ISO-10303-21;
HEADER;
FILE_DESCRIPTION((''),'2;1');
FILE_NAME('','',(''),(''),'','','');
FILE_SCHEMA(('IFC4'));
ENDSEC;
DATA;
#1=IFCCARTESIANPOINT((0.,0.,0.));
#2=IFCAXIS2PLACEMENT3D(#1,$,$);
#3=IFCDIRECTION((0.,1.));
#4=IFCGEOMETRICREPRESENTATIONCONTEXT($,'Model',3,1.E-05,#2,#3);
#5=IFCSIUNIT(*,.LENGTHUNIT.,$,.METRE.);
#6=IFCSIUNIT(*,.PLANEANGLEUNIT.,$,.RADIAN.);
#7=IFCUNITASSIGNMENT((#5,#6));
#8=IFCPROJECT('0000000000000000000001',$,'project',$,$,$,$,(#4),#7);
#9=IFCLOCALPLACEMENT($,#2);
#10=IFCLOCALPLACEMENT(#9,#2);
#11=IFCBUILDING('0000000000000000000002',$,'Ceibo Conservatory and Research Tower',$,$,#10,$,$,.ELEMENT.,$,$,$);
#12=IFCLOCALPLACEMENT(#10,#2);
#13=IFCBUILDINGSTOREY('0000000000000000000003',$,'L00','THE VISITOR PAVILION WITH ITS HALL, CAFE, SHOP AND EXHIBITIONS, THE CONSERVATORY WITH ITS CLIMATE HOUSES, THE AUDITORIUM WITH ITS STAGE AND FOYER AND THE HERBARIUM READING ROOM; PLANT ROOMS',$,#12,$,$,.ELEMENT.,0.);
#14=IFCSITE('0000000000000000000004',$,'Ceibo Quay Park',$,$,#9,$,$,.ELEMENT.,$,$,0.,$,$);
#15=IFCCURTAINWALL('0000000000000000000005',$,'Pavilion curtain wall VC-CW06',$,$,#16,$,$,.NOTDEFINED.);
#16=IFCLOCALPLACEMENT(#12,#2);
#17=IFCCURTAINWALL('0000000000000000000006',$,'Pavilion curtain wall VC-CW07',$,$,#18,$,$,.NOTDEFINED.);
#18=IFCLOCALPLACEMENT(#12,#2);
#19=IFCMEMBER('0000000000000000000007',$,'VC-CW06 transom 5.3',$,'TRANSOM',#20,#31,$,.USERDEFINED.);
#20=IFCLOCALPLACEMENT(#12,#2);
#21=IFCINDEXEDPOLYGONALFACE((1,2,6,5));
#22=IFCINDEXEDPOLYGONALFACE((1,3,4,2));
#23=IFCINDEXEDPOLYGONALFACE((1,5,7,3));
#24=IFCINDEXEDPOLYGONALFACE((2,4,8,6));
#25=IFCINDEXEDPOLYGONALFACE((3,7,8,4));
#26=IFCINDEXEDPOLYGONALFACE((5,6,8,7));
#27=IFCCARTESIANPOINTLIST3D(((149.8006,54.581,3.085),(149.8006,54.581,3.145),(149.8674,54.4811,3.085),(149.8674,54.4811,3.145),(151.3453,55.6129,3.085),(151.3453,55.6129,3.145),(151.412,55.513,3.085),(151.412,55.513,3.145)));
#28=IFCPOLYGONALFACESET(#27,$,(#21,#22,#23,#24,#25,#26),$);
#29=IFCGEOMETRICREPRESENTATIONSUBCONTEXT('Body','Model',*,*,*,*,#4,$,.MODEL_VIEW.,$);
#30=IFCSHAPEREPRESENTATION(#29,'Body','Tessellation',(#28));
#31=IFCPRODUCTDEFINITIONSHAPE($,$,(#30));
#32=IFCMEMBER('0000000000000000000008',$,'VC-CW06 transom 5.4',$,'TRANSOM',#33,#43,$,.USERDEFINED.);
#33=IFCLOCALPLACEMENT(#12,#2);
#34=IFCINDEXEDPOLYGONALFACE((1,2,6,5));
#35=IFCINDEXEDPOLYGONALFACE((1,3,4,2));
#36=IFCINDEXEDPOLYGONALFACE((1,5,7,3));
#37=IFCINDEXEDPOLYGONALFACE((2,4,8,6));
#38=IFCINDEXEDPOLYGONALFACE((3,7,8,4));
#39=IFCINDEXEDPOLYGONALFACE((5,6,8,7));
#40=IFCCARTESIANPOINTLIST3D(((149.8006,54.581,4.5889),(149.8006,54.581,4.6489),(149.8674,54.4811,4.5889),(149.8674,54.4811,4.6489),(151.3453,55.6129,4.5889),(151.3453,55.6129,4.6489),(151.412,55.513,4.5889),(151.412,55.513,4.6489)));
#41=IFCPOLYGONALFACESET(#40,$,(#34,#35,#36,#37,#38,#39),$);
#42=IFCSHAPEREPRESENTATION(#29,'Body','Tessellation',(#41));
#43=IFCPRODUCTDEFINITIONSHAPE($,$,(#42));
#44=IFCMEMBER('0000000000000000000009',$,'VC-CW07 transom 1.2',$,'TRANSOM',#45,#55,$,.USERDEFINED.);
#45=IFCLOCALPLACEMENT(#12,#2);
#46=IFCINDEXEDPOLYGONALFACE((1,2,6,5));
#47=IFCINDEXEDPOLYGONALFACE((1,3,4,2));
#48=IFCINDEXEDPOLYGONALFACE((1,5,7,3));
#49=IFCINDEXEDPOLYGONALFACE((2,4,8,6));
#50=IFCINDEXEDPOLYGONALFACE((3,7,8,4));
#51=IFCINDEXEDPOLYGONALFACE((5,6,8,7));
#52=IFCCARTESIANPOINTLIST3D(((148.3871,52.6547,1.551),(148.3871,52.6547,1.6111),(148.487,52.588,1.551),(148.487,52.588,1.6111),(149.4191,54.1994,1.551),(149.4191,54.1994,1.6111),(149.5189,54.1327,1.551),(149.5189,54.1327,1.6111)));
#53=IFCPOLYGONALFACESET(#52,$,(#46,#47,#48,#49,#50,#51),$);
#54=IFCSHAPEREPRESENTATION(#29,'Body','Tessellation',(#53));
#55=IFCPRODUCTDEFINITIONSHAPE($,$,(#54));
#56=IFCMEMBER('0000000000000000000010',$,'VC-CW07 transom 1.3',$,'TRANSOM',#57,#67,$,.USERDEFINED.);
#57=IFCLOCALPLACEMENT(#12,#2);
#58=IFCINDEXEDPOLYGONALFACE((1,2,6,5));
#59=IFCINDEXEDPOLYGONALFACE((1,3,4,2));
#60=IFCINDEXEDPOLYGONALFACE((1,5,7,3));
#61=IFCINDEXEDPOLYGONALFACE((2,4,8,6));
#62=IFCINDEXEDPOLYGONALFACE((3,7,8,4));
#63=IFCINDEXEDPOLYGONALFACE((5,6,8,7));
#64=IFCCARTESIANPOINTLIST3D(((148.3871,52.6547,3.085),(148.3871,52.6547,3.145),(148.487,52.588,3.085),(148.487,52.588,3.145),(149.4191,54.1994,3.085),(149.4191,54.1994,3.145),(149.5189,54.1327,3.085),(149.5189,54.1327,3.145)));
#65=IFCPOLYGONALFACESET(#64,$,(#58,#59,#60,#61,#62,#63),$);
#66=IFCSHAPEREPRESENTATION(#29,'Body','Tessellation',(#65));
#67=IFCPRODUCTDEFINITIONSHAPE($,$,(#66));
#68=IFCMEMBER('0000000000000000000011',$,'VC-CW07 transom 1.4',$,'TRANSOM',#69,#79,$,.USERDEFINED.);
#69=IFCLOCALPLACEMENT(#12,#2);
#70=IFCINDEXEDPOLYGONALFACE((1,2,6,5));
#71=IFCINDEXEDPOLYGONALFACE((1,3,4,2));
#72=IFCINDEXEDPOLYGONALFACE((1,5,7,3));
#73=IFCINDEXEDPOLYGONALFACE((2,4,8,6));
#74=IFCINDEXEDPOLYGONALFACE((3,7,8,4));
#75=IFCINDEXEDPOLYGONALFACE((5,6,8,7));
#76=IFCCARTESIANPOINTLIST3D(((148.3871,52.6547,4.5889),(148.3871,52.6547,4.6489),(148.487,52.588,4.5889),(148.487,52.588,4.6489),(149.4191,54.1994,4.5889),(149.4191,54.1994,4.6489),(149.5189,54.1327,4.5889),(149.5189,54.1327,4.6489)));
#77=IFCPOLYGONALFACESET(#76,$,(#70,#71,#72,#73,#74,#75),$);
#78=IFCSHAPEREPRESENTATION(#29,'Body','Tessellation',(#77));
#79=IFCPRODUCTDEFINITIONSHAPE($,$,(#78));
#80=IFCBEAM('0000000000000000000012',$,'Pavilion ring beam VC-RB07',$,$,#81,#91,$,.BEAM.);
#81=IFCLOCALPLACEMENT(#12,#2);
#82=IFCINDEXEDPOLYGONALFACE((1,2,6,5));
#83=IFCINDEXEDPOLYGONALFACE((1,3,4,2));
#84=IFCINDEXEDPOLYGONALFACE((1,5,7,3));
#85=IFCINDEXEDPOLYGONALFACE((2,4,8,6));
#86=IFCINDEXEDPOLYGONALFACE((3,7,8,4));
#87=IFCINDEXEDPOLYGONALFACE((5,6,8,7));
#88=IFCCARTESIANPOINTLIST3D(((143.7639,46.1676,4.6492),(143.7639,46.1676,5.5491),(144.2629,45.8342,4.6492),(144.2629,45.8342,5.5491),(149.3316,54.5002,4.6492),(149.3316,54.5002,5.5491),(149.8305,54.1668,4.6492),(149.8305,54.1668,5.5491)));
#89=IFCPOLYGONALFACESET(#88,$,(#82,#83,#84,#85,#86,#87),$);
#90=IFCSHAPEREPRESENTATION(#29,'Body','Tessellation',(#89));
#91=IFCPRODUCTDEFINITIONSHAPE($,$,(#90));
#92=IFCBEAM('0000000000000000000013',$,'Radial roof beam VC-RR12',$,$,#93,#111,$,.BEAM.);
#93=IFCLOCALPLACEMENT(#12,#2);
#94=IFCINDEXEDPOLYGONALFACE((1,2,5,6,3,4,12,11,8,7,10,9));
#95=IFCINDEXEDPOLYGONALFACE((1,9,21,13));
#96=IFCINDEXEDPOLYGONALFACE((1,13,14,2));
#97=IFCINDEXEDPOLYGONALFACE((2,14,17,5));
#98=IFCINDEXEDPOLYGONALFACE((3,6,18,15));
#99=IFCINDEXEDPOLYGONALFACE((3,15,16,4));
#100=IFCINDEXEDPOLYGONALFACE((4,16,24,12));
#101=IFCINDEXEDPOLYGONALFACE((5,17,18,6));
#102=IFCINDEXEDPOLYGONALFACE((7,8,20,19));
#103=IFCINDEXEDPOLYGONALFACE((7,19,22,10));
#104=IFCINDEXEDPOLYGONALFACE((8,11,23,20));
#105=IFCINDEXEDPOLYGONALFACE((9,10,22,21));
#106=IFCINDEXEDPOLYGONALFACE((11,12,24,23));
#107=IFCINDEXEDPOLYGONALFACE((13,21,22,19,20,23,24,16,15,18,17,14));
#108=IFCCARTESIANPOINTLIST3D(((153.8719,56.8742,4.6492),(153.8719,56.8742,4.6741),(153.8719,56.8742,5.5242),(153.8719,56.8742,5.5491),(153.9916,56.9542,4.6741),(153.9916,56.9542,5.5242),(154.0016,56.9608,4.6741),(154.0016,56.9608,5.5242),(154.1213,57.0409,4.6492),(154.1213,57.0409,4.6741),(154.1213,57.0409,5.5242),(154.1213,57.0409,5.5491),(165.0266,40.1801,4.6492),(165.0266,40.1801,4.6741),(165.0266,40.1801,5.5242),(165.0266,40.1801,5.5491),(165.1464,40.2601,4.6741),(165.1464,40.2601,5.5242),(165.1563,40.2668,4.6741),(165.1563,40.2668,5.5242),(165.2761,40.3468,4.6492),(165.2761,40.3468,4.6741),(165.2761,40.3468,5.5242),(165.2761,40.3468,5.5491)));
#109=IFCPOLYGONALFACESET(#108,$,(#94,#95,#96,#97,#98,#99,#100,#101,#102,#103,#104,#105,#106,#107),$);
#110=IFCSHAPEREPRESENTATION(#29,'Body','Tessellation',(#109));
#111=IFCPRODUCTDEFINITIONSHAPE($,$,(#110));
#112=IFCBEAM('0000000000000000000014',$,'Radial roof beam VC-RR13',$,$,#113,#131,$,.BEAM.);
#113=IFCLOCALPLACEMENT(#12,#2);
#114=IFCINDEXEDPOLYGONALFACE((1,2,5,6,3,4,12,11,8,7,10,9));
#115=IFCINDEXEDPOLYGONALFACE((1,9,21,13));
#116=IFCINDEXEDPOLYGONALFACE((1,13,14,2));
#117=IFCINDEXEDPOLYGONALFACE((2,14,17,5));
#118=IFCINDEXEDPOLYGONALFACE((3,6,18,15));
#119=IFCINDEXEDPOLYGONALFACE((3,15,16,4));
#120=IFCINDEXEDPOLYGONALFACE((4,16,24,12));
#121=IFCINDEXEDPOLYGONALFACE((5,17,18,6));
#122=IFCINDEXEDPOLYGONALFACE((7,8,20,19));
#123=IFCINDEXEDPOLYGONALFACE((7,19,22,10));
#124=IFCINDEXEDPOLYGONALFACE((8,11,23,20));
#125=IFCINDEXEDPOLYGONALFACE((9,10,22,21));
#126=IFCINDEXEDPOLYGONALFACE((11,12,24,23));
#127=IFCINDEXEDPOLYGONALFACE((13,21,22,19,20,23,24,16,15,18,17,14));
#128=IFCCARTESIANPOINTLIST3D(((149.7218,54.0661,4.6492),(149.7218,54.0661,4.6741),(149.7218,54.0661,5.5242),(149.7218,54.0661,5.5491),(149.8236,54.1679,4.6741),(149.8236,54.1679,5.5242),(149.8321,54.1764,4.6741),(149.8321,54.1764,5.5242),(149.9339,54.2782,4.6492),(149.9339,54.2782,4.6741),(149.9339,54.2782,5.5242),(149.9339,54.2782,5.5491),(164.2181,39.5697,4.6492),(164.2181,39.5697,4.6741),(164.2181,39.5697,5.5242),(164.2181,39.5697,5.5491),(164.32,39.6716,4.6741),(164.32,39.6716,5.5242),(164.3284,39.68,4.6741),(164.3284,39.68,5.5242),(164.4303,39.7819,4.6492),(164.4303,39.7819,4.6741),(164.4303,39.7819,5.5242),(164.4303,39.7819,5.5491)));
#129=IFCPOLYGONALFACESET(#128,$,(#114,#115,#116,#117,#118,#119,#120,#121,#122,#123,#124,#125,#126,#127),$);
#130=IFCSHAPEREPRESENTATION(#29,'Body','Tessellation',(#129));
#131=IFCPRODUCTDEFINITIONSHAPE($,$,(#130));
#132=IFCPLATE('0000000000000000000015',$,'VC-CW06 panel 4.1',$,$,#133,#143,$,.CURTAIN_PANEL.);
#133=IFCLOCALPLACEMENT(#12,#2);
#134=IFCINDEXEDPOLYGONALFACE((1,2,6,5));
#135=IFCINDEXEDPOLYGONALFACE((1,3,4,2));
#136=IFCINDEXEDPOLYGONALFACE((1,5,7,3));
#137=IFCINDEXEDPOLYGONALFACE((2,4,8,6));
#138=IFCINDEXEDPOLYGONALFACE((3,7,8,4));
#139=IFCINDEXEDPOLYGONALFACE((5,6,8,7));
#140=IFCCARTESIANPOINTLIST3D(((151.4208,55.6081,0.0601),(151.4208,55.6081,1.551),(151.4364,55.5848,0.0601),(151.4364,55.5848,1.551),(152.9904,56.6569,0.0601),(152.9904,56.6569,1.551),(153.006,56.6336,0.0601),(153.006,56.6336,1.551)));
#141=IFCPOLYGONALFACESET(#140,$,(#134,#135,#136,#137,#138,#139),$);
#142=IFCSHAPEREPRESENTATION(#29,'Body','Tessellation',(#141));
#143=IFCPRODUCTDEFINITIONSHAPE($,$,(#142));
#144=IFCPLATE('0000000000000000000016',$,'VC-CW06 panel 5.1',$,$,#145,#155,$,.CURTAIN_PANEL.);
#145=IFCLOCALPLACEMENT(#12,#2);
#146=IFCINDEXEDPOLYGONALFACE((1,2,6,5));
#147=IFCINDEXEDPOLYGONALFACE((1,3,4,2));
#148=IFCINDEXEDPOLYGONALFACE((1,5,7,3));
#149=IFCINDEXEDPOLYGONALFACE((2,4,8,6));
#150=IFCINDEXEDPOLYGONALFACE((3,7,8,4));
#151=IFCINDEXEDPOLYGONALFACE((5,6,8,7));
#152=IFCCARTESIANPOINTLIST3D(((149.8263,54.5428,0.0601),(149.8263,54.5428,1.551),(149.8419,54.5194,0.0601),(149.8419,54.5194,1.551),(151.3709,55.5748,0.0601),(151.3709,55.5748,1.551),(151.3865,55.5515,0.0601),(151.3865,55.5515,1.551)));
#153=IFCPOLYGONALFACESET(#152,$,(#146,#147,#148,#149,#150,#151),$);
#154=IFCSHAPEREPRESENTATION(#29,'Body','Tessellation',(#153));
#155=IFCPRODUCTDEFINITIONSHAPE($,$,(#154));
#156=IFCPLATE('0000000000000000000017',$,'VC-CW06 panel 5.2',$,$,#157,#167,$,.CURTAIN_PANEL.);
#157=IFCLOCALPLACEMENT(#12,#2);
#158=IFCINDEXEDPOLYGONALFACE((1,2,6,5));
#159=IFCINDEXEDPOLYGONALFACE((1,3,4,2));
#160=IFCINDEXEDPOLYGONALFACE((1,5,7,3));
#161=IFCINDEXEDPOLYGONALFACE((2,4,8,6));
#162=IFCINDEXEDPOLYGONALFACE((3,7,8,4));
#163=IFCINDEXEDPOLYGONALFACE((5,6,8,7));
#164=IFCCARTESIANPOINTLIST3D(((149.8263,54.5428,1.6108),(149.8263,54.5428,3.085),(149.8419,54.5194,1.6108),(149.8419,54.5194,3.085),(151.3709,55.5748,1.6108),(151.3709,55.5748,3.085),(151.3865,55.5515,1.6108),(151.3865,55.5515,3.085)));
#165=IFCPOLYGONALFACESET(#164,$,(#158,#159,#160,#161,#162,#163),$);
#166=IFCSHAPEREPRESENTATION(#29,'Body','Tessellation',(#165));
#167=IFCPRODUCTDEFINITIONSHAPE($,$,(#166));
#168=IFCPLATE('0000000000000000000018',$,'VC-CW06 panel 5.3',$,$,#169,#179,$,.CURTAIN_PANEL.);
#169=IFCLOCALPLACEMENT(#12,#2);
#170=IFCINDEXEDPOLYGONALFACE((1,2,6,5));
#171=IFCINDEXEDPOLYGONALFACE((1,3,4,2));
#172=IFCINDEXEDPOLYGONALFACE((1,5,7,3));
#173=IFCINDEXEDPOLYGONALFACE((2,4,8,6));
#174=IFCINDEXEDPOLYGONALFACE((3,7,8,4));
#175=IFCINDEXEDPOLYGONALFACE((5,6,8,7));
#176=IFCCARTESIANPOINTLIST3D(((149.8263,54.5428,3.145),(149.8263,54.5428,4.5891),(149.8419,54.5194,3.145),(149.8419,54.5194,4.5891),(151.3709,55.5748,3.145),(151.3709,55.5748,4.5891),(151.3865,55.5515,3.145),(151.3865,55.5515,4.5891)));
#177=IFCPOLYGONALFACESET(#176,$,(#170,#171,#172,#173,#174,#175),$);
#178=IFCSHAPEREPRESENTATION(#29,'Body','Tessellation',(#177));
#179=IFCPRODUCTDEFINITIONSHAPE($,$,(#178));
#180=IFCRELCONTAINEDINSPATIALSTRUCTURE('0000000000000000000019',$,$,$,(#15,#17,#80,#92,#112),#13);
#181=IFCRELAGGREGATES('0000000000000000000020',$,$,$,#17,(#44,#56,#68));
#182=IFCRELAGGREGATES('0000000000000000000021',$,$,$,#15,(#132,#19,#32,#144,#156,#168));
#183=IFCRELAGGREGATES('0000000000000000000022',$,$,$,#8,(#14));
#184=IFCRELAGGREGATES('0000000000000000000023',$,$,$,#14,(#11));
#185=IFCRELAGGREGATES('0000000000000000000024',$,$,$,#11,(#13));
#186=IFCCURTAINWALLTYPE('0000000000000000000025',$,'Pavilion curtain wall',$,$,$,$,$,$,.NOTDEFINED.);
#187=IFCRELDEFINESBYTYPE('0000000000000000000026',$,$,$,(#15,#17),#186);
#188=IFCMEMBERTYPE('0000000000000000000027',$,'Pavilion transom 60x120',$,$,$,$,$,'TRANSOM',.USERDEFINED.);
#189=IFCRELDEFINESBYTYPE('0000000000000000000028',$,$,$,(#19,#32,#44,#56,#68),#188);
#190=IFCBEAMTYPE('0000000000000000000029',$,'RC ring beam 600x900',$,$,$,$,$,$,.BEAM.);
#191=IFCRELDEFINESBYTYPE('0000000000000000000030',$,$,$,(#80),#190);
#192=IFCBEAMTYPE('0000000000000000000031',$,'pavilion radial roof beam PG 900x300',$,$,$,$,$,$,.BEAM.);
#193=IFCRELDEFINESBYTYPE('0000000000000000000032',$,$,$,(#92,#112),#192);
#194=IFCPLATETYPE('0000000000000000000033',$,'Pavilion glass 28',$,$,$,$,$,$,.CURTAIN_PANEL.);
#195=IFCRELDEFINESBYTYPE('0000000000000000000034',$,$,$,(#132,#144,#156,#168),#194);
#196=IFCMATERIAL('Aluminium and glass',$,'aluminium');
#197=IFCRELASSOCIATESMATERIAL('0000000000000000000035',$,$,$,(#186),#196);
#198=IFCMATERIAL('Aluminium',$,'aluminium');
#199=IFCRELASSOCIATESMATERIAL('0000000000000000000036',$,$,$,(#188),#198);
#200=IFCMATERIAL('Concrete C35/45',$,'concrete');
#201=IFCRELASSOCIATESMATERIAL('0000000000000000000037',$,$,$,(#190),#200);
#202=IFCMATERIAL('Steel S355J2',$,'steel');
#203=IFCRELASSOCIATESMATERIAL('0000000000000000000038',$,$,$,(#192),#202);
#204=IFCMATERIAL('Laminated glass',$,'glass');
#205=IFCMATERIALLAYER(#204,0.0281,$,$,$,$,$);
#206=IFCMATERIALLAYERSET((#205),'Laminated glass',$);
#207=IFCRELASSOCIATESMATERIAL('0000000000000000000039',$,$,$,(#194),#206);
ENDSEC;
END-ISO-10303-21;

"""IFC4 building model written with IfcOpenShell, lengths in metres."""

from ifc_helpers import new_model, si_unit, direction, frame, origin, origin_2d, place, context, subcontext, project, spatial, rectangle, i_section, extrude, material, layer, layer_set, material_profile, profile_set, type_object, element, aggregate, save


model = new_model("IFC4")

# Units and contexts
model_context = context("Model", 3, precision=1e-05, world=origin(), true_north=direction((0.0, 1.0)))
body_context = subcontext(model_context, "Body", "Model", "MODEL_VIEW")
ifc_project = project(units=[si_unit("LENGTHUNIT", "METRE"), si_unit("PLANEANGLEUNIT", "RADIAN")], contexts=[model_context])

# Site, building, storey
site_placement = place(None, origin())
site = spatial("IfcSite", under=ifc_project, at=site_placement, Name="Ceibo Quay Park", CompositionType="ELEMENT", RefElevation=0.0)
building_placement = place(site_placement, origin())
building = spatial("IfcBuilding", under=site, at=building_placement, Name="Ceibo Conservatory and Research Tower", CompositionType="ELEMENT")
storey_placement = place(building_placement, origin())
storey = spatial("IfcBuildingStorey", under=building, at=storey_placement, Name="L00", Description="THE VISITOR PAVILION WITH ITS HALL, CAFE, SHOP AND EXHIBITIONS, THE CONSERVATORY WITH ITS CLIMATE HOUSES, THE AUDITORIUM WITH ITS STAGE AND FOYER AND THE HERBARIUM READING ROOM; PLANT ROOMS", CompositionType="ELEMENT", Elevation=0.0)

# Shared definitions
ifc_material_1 = material(Name="Concrete C35/45", Category="concrete")

# Curtain wall
ifc_material_2 = material(Name="Aluminium and glass", Category="aluminium")
curtain_wall_type = type_object("IfcCurtainWallType", Name="Pavilion curtain wall", PredefinedType="NOTDEFINED", material=ifc_material_2)
curtain_wall_1_placement = place(storey_placement, origin())
curtain_wall_1 = element("IfcCurtainWall", 1, at=curtain_wall_1_placement, inside=storey, type_object=curtain_wall_type, Name="Pavilion curtain wall VC-CW06", PredefinedType="NOTDEFINED")
ifc_material_3 = material(Name="Aluminium", Category="aluminium")

# Curtain wall
curtain_wall_2_placement = place(storey_placement, origin())
curtain_wall_2 = element("IfcCurtainWall", 2, at=curtain_wall_2_placement, inside=storey, type_object=curtain_wall_type, Name="Pavilion curtain wall VC-CW07", PredefinedType="NOTDEFINED")

# Members
ifc_material_profile_1 = material_profile(ifc_material_3, rectangle(XDim=0.1201, YDim=0.0601, at=origin_2d()), Name="AL 60x120")
ifc_profile_set_1 = profile_set([ifc_material_profile_1], Name="Aluminium")
member_type_1 = type_object("IfcMemberType", Name="Pavilion transom 60x120", ElementType="TRANSOM", PredefinedType="USERDEFINED", material=ifc_profile_set_1)
member_1_placement = place(storey_placement, frame((151.3787, 55.563, 3.115), z_axis=(-0.831504, -0.555519, 0.0), x_axis=(0.555519, -0.831504, 0.0)))
member_1 = element("IfcMember", 3, at=member_1_placement, type_object=member_type_1, Name="VC-CW06 transom 5.3", ObjectType="TRANSOM", PredefinedType="USERDEFINED", context=body_context, shape_type="SweptSolid", body=[
    extrude(rectangle(XDim=0.1201, YDim=0.0601, at=origin_2d()), origin(), (0.0, 0.0, 1.0), 1.8577),
])
member_2_placement = place(storey_placement, frame((151.3787, 55.563, 4.6189), z_axis=(-0.831504, -0.555519, 0.0), x_axis=(0.555519, -0.831504, 0.0)))
member_2 = element("IfcMember", 4, at=member_2_placement, type_object=member_type_1, Name="VC-CW06 transom 5.4", ObjectType="TRANSOM", PredefinedType="USERDEFINED", context=body_context, shape_type="SweptSolid", body=[
    extrude(rectangle(XDim=0.1201, YDim=0.0601, at=origin_2d()), origin(), (0.0, 0.0, 1.0), 1.8577),
])
member_3_placement = place(storey_placement, frame((149.469, 54.166, 1.5811), z_axis=(-0.555519, -0.831504, 0.0), x_axis=(0.831504, -0.555519, 0.0)))
member_3 = element("IfcMember", 5, at=member_3_placement, type_object=member_type_1, Name="VC-CW07 transom 1.2", ObjectType="TRANSOM", PredefinedType="USERDEFINED", context=body_context, shape_type="SweptSolid", body=[
    extrude(rectangle(XDim=0.1201, YDim=0.0601, at=origin_2d()), origin(), (0.0, 0.0, 1.0), 1.8577),
])
member_4_placement = place(storey_placement, frame((149.469, 54.166, 3.115), z_axis=(-0.555519, -0.831504, 0.0), x_axis=(0.831504, -0.555519, 0.0)))
member_4 = element("IfcMember", 6, at=member_4_placement, type_object=member_type_1, Name="VC-CW07 transom 1.3", ObjectType="TRANSOM", PredefinedType="USERDEFINED", context=body_context, shape_type="SweptSolid", body=[
    extrude(rectangle(XDim=0.1201, YDim=0.0601, at=origin_2d()), origin(), (0.0, 0.0, 1.0), 1.8577),
])
member_5_placement = place(storey_placement, frame((149.469, 54.166, 4.6189), z_axis=(-0.555519, -0.831504, 0.0), x_axis=(0.831504, -0.555519, 0.0)))
member_5 = element("IfcMember", 7, at=member_5_placement, type_object=member_type_1, Name="VC-CW07 transom 1.4", ObjectType="TRANSOM", PredefinedType="USERDEFINED", context=body_context, shape_type="SweptSolid", body=[
    extrude(rectangle(XDim=0.1201, YDim=0.0601, at=origin_2d()), origin(), (0.0, 0.0, 1.0), 1.8577),
])
aggregate(curtain_wall_2, [member_3, member_4, member_5])

# Beams
ifc_material_profile_2 = material_profile(ifc_material_1, rectangle(XDim=0.6001, YDim=0.8999, at=origin_2d()), Name="RC 600x900")
ifc_profile_set_2 = profile_set([ifc_material_profile_2], Name="Concrete C35/45")
beam_type_1 = type_object("IfcBeamType", Name="RC ring beam 600x900", PredefinedType="BEAM", material=ifc_profile_set_2)
beam_1_placement = place(storey_placement, frame((149.5811, 54.3335, 5.0991), z_axis=(-0.555571, -0.831469, 0.0), x_axis=(0.831469, -0.555571, 0.0)))
element("IfcBeam", 8, at=beam_1_placement, inside=storey, type_object=beam_type_1, Name="Pavilion ring beam VC-RB07", PredefinedType="BEAM", context=body_context, shape_type="SweptSolid", body=[
    extrude(rectangle(XDim=0.6001, YDim=0.8999, at=origin_2d()), origin(), (0.0, 0.0, 1.0), 10.0215),
])
ifc_material_4 = material(Name="Steel S355J2", Category="steel")
ifc_material_profile_3 = material_profile(ifc_material_4, i_section(OverallWidth=0.3, OverallDepth=0.8999, WebThickness=0.012, FlangeThickness=0.0249, at=origin_2d()), Name="PG 900x300")
ifc_profile_set_3 = profile_set([ifc_material_profile_3], Name="Steel S355J2")
beam_type_2 = type_object("IfcBeamType", Name="pavilion radial roof beam PG 900x300", PredefinedType="BEAM", material=ifc_profile_set_3)
beam_2_placement = place(storey_placement, frame((165.1514, 40.2634, 5.0991), z_axis=(-0.555575, 0.831466, 0.0), x_axis=(-0.831466, -0.555575, 0.0)))
element("IfcBeam", 9, at=beam_2_placement, inside=storey, type_object=beam_type_2, Name="Radial roof beam VC-RR12", PredefinedType="BEAM", context=body_context, shape_type="SweptSolid", body=[
    extrude(i_section(OverallWidth=0.3, OverallDepth=0.8999, WebThickness=0.012, FlangeThickness=0.0249, at=origin_2d()), origin(), (0.0, 0.0, 1.0), 20.0779),
])
beam_3_placement = place(storey_placement, frame((164.3242, 39.6758, 5.0991), z_axis=(-0.707107, 0.707107, 0.0), x_axis=(-0.707107, -0.707107, 0.0)))
element("IfcBeam", 10, at=beam_3_placement, inside=storey, type_object=beam_type_2, Name="Radial roof beam VC-RR13", PredefinedType="BEAM", context=body_context, shape_type="SweptSolid", body=[
    extrude(i_section(OverallWidth=0.3, OverallDepth=0.8999, WebThickness=0.012, FlangeThickness=0.0249, at=origin_2d()), origin(), (0.0, 0.0, 1.0), 20.501),
])

# Plates
ifc_material_5 = material(Name="Laminated glass", Category="glass")
ifc_layer_1 = layer(ifc_material_5, 0.0281)
ifc_layer_set_1 = layer_set([ifc_layer_1], Name="Laminated glass")
plate_type = type_object("IfcPlateType", Name="Pavilion glass 28", PredefinedType="CURTAIN_PANEL", material=ifc_layer_set_1)
plate_1_placement = place(storey_placement, frame((152.2134, 56.1208, 0.0601), z_axis=(0.0, 0.0, 1.0), x_axis=(-0.83147, -0.55557, 0.0)))
plate_1 = element("IfcPlate", 11, at=plate_1_placement, type_object=plate_type, Name="VC-CW06 panel 4.1", PredefinedType="CURTAIN_PANEL", context=body_context, shape_type="SweptSolid", body=[
    extrude(rectangle(XDim=1.8877, YDim=0.0281, at=origin_2d()), origin(), (0.0, 0.0, 1.0), 1.491),
])
plate_2_placement = place(storey_placement, frame((150.6064, 55.0471, 0.0601), z_axis=(0.0, 0.0, 1.0), x_axis=(-0.83147, -0.55557, 0.0)))
plate_2 = element("IfcPlate", 12, at=plate_2_placement, type_object=plate_type, Name="VC-CW06 panel 5.1", PredefinedType="CURTAIN_PANEL", context=body_context, shape_type="SweptSolid", body=[
    extrude(rectangle(XDim=1.8577, YDim=0.0281, at=origin_2d()), origin(), (0.0, 0.0, 1.0), 1.491),
])
plate_3_placement = place(storey_placement, frame((150.6064, 55.0471, 1.6108), z_axis=(0.0, 0.0, 1.0), x_axis=(-0.83147, -0.55557, 0.0)))
plate_3 = element("IfcPlate", 13, at=plate_3_placement, type_object=plate_type, Name="VC-CW06 panel 5.2", PredefinedType="CURTAIN_PANEL", context=body_context, shape_type="SweptSolid", body=[
    extrude(rectangle(XDim=1.8577, YDim=0.0281, at=origin_2d()), origin(), (0.0, 0.0, 1.0), 1.4741),
])
plate_4_placement = place(storey_placement, frame((150.6064, 55.0471, 3.145), z_axis=(0.0, 0.0, 1.0), x_axis=(-0.83147, -0.55557, 0.0)))
plate_4 = element("IfcPlate", 14, at=plate_4_placement, type_object=plate_type, Name="VC-CW06 panel 5.3", PredefinedType="CURTAIN_PANEL", context=body_context, shape_type="SweptSolid", body=[
    extrude(rectangle(XDim=1.8577, YDim=0.0281, at=origin_2d()), origin(), (0.0, 0.0, 1.0), 1.4441),
])
aggregate(curtain_wall_1, [plate_1, member_1, member_2, plate_2, plate_3, plate_4])

save(model, "model.ifc")
